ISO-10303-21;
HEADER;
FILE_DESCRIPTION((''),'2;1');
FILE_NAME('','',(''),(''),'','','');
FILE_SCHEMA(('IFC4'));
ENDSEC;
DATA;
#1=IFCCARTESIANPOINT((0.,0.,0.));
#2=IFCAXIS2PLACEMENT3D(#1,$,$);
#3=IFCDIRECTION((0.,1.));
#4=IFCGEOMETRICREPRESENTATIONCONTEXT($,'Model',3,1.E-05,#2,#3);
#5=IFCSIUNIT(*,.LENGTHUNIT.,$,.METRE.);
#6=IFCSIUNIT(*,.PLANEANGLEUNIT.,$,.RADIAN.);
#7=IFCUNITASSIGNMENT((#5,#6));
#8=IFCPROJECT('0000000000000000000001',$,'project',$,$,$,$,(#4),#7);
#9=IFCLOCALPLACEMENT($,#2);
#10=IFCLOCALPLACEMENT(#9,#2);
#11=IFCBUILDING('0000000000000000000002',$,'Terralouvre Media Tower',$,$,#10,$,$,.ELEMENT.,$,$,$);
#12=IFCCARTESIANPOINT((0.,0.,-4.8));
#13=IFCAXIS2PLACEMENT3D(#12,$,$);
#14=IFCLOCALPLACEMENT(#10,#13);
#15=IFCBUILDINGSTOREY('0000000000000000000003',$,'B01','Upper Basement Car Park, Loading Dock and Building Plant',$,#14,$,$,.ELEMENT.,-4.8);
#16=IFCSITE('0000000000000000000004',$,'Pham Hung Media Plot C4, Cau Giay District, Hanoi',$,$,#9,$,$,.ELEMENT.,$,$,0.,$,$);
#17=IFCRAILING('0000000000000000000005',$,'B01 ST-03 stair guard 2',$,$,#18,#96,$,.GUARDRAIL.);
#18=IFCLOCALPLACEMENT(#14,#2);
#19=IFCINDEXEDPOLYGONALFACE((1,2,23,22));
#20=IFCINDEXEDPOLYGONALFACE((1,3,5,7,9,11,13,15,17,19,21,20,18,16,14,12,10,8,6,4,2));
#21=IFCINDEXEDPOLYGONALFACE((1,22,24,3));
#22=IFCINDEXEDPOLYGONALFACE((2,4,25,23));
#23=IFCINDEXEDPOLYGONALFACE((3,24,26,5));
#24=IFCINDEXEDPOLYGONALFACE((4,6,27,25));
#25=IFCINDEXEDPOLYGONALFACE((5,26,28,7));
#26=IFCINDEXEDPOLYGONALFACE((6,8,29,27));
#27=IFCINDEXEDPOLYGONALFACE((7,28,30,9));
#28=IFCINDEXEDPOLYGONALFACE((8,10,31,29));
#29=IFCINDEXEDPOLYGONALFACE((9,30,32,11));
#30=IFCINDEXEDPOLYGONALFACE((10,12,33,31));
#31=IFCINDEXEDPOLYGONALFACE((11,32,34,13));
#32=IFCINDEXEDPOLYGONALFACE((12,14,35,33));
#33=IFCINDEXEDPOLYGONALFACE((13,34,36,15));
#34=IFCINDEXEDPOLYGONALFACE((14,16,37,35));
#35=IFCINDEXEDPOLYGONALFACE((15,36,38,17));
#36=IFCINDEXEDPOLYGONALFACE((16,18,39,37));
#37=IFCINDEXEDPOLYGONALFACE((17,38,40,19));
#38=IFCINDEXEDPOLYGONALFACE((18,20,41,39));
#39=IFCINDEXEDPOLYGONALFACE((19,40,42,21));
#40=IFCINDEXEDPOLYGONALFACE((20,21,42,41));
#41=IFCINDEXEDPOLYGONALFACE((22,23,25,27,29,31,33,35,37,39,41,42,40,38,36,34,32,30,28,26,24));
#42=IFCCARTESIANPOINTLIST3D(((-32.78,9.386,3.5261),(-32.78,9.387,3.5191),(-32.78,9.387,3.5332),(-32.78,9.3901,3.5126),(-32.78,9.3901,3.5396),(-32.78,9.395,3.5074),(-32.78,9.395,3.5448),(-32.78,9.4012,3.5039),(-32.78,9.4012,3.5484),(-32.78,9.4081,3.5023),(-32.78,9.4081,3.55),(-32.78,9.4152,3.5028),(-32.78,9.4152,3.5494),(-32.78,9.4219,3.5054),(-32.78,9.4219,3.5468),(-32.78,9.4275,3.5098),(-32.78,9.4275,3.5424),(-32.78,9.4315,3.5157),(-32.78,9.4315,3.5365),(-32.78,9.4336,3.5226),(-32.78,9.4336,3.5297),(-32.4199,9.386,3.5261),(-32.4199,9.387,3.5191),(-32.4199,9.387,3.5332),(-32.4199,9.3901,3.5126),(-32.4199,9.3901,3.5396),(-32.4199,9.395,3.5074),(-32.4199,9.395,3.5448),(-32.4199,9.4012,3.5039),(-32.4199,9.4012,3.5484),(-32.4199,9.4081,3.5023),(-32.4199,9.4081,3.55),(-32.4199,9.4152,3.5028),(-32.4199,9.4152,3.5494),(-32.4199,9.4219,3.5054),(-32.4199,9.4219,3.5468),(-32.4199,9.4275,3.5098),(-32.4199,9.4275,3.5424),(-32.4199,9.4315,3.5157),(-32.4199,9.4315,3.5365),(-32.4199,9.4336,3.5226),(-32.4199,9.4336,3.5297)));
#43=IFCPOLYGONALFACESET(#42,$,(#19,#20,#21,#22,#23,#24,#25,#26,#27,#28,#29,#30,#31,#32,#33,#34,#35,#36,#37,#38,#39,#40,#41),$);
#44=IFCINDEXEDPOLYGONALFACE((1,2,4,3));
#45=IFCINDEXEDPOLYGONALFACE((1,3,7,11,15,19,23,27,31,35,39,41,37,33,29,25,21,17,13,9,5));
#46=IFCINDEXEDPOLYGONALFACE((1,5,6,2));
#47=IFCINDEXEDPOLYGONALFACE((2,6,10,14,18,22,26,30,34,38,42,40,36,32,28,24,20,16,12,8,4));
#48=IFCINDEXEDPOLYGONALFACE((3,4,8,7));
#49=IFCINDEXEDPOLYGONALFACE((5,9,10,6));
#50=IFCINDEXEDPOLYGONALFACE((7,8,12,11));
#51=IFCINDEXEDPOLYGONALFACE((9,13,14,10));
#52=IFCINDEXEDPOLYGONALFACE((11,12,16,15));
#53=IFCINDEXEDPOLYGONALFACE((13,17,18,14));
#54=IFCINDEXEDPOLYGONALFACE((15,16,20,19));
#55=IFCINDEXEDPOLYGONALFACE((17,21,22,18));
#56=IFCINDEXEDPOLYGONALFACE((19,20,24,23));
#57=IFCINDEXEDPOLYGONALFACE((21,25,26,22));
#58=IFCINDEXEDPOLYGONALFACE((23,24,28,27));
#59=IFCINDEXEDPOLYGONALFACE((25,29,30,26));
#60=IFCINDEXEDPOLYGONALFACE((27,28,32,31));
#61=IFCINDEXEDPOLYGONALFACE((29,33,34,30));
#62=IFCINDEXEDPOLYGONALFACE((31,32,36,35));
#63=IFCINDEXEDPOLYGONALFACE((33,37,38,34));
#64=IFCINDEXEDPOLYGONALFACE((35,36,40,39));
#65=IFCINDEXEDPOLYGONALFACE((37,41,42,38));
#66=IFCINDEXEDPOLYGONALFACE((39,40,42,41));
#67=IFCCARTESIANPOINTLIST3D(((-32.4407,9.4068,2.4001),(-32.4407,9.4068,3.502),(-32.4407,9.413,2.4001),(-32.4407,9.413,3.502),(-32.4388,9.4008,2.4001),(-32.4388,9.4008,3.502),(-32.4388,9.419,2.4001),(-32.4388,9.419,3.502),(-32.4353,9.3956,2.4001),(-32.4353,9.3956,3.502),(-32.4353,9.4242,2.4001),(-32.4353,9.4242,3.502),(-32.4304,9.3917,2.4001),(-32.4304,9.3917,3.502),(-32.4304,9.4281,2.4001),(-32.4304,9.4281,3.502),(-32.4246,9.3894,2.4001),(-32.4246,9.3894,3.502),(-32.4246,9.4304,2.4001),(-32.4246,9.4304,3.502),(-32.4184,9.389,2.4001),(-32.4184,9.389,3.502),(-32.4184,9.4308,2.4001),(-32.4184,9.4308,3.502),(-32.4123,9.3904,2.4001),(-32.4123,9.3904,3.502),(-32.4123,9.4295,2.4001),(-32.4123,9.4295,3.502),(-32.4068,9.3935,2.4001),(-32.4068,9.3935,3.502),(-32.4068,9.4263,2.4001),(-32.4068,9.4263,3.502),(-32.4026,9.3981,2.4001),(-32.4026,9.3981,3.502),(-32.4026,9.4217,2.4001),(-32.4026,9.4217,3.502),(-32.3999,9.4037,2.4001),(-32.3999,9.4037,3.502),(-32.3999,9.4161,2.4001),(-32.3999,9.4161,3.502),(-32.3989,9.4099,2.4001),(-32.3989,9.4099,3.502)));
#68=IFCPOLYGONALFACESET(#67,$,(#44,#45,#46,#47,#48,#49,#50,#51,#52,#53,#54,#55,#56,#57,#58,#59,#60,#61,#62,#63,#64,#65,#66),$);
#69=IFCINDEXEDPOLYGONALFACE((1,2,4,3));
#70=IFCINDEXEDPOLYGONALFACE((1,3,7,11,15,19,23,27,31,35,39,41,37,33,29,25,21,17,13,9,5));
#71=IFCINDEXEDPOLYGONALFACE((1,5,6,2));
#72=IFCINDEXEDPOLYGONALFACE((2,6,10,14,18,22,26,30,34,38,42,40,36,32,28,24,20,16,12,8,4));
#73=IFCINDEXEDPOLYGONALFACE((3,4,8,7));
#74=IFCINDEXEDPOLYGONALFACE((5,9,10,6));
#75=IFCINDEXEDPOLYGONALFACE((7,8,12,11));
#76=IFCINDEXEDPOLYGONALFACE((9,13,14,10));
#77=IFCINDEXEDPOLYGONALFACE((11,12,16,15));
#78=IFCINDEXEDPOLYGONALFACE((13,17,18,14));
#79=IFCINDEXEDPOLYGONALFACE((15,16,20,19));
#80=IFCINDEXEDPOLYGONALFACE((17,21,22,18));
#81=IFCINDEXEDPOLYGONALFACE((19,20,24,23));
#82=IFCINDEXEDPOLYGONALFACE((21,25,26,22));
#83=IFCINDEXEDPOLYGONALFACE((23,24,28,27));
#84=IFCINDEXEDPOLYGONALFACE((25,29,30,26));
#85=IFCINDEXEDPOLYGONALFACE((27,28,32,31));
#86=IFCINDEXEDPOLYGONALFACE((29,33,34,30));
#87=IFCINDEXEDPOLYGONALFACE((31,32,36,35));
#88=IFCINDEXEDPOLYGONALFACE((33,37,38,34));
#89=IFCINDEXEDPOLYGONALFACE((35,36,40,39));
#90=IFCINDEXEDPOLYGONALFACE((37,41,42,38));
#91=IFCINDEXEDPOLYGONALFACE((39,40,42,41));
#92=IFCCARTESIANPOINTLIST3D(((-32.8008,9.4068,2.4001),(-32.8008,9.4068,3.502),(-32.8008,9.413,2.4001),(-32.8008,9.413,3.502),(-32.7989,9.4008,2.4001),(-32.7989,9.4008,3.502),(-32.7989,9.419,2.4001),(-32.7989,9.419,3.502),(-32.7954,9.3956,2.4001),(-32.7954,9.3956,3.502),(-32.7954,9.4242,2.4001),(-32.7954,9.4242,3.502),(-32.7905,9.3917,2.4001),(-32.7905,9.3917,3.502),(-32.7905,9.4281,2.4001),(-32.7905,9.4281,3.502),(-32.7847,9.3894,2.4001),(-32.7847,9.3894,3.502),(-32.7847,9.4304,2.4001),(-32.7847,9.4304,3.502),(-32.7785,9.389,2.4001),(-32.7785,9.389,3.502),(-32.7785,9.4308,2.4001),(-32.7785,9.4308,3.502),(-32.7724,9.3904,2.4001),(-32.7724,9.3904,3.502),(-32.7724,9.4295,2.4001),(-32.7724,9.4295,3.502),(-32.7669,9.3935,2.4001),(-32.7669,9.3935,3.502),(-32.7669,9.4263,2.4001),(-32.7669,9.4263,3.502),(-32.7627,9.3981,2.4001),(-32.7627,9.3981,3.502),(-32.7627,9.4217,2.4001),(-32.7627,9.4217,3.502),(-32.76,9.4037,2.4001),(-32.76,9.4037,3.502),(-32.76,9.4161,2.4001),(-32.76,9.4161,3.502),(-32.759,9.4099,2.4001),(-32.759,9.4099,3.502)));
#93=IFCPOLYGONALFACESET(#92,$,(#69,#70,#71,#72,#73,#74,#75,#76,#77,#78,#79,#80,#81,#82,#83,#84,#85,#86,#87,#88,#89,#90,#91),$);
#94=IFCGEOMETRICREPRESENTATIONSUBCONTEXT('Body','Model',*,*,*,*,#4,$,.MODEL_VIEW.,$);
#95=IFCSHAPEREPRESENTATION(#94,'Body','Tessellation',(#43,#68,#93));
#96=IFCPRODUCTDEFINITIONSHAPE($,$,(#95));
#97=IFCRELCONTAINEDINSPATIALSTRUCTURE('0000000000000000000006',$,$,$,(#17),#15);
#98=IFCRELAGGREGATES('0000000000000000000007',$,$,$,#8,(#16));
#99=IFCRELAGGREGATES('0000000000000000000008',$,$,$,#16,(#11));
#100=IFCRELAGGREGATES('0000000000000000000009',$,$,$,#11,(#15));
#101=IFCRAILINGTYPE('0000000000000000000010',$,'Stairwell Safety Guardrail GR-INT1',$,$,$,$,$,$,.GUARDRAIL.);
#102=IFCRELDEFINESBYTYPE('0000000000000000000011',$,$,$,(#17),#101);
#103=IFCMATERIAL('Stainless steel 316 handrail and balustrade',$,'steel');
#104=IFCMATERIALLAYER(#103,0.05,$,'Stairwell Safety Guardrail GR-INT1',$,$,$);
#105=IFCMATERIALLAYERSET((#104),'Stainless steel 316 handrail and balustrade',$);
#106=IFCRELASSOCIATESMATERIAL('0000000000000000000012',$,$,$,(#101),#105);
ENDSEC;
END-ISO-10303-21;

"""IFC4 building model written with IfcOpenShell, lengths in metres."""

from ifc_helpers import new_model, si_unit, direction, frame, origin, origin_2d, place, context, subcontext, project, spatial, circle, extrude, material, layer, layer_set, type_object, element, save


model = new_model("IFC4")

# Units and contexts
model_context = context("Model", 3, precision=1e-05, world=origin(), true_north=direction((0.0, 1.0)))
body_context = subcontext(model_context, "Body", "Model", "MODEL_VIEW")
ifc_project = project(units=[si_unit("LENGTHUNIT", "METRE"), si_unit("PLANEANGLEUNIT", "RADIAN")], contexts=[model_context])

# Site, building, storey
site_placement = place(None, origin())
site = spatial("IfcSite", under=ifc_project, at=site_placement, Name="Pham Hung Media Plot C4, Cau Giay District, Hanoi", CompositionType="ELEMENT", RefElevation=0.0)
building_placement = place(site_placement, origin())
building = spatial("IfcBuilding", under=site, at=building_placement, Name="Terralouvre Media Tower", CompositionType="ELEMENT")
storey_placement = place(building_placement, frame((0.0, 0.0, -4.8)))
storey = spatial("IfcBuildingStorey", under=building, at=storey_placement, Name="B01", Description="Upper Basement Car Park, Loading Dock and Building Plant", CompositionType="ELEMENT", Elevation=-4.8)

# Railing
ifc_material_1 = material(Name="Stainless steel 316 handrail and balustrade", Category="steel")
ifc_layer_1 = layer(ifc_material_1, 0.05, Name="Stairwell Safety Guardrail GR-INT1")
ifc_layer_set_1 = layer_set([ifc_layer_1], Name="Stainless steel 316 handrail and balustrade")
railing_type_1 = type_object("IfcRailingType", Name="Stairwell Safety Guardrail GR-INT1", PredefinedType="GUARDRAIL", material=ifc_layer_set_1)
railing_1_placement = place(storey_placement, frame((-32.4199, 9.4099, 2.4001)))
element("IfcRailing", 1, at=railing_1_placement, inside=storey, type_object=railing_type_1, Name="B01 ST-03 stair guard 2", PredefinedType="GUARDRAIL", context=body_context, shape_type="SweptSolid", body=[
    extrude(circle(Radius=0.0239, at=origin_2d()), frame((0.0, 0.0, 1.126), z_axis=(-1.0, 0.0, 0.0), x_axis=(0.0, -1.0, 0.0)), (0.0, 0.0, 1.0), 0.3601),
    extrude(circle(Radius=0.021, at=origin_2d()), origin(), (0.0, 0.0, 1.0), 1.1018),
    extrude(circle(Radius=0.021, at=origin_2d()), frame((-0.3601, 0.0, 0.0)), (0.0, 0.0, 1.0), 1.1018),
])

save(model, "model.ifc")
